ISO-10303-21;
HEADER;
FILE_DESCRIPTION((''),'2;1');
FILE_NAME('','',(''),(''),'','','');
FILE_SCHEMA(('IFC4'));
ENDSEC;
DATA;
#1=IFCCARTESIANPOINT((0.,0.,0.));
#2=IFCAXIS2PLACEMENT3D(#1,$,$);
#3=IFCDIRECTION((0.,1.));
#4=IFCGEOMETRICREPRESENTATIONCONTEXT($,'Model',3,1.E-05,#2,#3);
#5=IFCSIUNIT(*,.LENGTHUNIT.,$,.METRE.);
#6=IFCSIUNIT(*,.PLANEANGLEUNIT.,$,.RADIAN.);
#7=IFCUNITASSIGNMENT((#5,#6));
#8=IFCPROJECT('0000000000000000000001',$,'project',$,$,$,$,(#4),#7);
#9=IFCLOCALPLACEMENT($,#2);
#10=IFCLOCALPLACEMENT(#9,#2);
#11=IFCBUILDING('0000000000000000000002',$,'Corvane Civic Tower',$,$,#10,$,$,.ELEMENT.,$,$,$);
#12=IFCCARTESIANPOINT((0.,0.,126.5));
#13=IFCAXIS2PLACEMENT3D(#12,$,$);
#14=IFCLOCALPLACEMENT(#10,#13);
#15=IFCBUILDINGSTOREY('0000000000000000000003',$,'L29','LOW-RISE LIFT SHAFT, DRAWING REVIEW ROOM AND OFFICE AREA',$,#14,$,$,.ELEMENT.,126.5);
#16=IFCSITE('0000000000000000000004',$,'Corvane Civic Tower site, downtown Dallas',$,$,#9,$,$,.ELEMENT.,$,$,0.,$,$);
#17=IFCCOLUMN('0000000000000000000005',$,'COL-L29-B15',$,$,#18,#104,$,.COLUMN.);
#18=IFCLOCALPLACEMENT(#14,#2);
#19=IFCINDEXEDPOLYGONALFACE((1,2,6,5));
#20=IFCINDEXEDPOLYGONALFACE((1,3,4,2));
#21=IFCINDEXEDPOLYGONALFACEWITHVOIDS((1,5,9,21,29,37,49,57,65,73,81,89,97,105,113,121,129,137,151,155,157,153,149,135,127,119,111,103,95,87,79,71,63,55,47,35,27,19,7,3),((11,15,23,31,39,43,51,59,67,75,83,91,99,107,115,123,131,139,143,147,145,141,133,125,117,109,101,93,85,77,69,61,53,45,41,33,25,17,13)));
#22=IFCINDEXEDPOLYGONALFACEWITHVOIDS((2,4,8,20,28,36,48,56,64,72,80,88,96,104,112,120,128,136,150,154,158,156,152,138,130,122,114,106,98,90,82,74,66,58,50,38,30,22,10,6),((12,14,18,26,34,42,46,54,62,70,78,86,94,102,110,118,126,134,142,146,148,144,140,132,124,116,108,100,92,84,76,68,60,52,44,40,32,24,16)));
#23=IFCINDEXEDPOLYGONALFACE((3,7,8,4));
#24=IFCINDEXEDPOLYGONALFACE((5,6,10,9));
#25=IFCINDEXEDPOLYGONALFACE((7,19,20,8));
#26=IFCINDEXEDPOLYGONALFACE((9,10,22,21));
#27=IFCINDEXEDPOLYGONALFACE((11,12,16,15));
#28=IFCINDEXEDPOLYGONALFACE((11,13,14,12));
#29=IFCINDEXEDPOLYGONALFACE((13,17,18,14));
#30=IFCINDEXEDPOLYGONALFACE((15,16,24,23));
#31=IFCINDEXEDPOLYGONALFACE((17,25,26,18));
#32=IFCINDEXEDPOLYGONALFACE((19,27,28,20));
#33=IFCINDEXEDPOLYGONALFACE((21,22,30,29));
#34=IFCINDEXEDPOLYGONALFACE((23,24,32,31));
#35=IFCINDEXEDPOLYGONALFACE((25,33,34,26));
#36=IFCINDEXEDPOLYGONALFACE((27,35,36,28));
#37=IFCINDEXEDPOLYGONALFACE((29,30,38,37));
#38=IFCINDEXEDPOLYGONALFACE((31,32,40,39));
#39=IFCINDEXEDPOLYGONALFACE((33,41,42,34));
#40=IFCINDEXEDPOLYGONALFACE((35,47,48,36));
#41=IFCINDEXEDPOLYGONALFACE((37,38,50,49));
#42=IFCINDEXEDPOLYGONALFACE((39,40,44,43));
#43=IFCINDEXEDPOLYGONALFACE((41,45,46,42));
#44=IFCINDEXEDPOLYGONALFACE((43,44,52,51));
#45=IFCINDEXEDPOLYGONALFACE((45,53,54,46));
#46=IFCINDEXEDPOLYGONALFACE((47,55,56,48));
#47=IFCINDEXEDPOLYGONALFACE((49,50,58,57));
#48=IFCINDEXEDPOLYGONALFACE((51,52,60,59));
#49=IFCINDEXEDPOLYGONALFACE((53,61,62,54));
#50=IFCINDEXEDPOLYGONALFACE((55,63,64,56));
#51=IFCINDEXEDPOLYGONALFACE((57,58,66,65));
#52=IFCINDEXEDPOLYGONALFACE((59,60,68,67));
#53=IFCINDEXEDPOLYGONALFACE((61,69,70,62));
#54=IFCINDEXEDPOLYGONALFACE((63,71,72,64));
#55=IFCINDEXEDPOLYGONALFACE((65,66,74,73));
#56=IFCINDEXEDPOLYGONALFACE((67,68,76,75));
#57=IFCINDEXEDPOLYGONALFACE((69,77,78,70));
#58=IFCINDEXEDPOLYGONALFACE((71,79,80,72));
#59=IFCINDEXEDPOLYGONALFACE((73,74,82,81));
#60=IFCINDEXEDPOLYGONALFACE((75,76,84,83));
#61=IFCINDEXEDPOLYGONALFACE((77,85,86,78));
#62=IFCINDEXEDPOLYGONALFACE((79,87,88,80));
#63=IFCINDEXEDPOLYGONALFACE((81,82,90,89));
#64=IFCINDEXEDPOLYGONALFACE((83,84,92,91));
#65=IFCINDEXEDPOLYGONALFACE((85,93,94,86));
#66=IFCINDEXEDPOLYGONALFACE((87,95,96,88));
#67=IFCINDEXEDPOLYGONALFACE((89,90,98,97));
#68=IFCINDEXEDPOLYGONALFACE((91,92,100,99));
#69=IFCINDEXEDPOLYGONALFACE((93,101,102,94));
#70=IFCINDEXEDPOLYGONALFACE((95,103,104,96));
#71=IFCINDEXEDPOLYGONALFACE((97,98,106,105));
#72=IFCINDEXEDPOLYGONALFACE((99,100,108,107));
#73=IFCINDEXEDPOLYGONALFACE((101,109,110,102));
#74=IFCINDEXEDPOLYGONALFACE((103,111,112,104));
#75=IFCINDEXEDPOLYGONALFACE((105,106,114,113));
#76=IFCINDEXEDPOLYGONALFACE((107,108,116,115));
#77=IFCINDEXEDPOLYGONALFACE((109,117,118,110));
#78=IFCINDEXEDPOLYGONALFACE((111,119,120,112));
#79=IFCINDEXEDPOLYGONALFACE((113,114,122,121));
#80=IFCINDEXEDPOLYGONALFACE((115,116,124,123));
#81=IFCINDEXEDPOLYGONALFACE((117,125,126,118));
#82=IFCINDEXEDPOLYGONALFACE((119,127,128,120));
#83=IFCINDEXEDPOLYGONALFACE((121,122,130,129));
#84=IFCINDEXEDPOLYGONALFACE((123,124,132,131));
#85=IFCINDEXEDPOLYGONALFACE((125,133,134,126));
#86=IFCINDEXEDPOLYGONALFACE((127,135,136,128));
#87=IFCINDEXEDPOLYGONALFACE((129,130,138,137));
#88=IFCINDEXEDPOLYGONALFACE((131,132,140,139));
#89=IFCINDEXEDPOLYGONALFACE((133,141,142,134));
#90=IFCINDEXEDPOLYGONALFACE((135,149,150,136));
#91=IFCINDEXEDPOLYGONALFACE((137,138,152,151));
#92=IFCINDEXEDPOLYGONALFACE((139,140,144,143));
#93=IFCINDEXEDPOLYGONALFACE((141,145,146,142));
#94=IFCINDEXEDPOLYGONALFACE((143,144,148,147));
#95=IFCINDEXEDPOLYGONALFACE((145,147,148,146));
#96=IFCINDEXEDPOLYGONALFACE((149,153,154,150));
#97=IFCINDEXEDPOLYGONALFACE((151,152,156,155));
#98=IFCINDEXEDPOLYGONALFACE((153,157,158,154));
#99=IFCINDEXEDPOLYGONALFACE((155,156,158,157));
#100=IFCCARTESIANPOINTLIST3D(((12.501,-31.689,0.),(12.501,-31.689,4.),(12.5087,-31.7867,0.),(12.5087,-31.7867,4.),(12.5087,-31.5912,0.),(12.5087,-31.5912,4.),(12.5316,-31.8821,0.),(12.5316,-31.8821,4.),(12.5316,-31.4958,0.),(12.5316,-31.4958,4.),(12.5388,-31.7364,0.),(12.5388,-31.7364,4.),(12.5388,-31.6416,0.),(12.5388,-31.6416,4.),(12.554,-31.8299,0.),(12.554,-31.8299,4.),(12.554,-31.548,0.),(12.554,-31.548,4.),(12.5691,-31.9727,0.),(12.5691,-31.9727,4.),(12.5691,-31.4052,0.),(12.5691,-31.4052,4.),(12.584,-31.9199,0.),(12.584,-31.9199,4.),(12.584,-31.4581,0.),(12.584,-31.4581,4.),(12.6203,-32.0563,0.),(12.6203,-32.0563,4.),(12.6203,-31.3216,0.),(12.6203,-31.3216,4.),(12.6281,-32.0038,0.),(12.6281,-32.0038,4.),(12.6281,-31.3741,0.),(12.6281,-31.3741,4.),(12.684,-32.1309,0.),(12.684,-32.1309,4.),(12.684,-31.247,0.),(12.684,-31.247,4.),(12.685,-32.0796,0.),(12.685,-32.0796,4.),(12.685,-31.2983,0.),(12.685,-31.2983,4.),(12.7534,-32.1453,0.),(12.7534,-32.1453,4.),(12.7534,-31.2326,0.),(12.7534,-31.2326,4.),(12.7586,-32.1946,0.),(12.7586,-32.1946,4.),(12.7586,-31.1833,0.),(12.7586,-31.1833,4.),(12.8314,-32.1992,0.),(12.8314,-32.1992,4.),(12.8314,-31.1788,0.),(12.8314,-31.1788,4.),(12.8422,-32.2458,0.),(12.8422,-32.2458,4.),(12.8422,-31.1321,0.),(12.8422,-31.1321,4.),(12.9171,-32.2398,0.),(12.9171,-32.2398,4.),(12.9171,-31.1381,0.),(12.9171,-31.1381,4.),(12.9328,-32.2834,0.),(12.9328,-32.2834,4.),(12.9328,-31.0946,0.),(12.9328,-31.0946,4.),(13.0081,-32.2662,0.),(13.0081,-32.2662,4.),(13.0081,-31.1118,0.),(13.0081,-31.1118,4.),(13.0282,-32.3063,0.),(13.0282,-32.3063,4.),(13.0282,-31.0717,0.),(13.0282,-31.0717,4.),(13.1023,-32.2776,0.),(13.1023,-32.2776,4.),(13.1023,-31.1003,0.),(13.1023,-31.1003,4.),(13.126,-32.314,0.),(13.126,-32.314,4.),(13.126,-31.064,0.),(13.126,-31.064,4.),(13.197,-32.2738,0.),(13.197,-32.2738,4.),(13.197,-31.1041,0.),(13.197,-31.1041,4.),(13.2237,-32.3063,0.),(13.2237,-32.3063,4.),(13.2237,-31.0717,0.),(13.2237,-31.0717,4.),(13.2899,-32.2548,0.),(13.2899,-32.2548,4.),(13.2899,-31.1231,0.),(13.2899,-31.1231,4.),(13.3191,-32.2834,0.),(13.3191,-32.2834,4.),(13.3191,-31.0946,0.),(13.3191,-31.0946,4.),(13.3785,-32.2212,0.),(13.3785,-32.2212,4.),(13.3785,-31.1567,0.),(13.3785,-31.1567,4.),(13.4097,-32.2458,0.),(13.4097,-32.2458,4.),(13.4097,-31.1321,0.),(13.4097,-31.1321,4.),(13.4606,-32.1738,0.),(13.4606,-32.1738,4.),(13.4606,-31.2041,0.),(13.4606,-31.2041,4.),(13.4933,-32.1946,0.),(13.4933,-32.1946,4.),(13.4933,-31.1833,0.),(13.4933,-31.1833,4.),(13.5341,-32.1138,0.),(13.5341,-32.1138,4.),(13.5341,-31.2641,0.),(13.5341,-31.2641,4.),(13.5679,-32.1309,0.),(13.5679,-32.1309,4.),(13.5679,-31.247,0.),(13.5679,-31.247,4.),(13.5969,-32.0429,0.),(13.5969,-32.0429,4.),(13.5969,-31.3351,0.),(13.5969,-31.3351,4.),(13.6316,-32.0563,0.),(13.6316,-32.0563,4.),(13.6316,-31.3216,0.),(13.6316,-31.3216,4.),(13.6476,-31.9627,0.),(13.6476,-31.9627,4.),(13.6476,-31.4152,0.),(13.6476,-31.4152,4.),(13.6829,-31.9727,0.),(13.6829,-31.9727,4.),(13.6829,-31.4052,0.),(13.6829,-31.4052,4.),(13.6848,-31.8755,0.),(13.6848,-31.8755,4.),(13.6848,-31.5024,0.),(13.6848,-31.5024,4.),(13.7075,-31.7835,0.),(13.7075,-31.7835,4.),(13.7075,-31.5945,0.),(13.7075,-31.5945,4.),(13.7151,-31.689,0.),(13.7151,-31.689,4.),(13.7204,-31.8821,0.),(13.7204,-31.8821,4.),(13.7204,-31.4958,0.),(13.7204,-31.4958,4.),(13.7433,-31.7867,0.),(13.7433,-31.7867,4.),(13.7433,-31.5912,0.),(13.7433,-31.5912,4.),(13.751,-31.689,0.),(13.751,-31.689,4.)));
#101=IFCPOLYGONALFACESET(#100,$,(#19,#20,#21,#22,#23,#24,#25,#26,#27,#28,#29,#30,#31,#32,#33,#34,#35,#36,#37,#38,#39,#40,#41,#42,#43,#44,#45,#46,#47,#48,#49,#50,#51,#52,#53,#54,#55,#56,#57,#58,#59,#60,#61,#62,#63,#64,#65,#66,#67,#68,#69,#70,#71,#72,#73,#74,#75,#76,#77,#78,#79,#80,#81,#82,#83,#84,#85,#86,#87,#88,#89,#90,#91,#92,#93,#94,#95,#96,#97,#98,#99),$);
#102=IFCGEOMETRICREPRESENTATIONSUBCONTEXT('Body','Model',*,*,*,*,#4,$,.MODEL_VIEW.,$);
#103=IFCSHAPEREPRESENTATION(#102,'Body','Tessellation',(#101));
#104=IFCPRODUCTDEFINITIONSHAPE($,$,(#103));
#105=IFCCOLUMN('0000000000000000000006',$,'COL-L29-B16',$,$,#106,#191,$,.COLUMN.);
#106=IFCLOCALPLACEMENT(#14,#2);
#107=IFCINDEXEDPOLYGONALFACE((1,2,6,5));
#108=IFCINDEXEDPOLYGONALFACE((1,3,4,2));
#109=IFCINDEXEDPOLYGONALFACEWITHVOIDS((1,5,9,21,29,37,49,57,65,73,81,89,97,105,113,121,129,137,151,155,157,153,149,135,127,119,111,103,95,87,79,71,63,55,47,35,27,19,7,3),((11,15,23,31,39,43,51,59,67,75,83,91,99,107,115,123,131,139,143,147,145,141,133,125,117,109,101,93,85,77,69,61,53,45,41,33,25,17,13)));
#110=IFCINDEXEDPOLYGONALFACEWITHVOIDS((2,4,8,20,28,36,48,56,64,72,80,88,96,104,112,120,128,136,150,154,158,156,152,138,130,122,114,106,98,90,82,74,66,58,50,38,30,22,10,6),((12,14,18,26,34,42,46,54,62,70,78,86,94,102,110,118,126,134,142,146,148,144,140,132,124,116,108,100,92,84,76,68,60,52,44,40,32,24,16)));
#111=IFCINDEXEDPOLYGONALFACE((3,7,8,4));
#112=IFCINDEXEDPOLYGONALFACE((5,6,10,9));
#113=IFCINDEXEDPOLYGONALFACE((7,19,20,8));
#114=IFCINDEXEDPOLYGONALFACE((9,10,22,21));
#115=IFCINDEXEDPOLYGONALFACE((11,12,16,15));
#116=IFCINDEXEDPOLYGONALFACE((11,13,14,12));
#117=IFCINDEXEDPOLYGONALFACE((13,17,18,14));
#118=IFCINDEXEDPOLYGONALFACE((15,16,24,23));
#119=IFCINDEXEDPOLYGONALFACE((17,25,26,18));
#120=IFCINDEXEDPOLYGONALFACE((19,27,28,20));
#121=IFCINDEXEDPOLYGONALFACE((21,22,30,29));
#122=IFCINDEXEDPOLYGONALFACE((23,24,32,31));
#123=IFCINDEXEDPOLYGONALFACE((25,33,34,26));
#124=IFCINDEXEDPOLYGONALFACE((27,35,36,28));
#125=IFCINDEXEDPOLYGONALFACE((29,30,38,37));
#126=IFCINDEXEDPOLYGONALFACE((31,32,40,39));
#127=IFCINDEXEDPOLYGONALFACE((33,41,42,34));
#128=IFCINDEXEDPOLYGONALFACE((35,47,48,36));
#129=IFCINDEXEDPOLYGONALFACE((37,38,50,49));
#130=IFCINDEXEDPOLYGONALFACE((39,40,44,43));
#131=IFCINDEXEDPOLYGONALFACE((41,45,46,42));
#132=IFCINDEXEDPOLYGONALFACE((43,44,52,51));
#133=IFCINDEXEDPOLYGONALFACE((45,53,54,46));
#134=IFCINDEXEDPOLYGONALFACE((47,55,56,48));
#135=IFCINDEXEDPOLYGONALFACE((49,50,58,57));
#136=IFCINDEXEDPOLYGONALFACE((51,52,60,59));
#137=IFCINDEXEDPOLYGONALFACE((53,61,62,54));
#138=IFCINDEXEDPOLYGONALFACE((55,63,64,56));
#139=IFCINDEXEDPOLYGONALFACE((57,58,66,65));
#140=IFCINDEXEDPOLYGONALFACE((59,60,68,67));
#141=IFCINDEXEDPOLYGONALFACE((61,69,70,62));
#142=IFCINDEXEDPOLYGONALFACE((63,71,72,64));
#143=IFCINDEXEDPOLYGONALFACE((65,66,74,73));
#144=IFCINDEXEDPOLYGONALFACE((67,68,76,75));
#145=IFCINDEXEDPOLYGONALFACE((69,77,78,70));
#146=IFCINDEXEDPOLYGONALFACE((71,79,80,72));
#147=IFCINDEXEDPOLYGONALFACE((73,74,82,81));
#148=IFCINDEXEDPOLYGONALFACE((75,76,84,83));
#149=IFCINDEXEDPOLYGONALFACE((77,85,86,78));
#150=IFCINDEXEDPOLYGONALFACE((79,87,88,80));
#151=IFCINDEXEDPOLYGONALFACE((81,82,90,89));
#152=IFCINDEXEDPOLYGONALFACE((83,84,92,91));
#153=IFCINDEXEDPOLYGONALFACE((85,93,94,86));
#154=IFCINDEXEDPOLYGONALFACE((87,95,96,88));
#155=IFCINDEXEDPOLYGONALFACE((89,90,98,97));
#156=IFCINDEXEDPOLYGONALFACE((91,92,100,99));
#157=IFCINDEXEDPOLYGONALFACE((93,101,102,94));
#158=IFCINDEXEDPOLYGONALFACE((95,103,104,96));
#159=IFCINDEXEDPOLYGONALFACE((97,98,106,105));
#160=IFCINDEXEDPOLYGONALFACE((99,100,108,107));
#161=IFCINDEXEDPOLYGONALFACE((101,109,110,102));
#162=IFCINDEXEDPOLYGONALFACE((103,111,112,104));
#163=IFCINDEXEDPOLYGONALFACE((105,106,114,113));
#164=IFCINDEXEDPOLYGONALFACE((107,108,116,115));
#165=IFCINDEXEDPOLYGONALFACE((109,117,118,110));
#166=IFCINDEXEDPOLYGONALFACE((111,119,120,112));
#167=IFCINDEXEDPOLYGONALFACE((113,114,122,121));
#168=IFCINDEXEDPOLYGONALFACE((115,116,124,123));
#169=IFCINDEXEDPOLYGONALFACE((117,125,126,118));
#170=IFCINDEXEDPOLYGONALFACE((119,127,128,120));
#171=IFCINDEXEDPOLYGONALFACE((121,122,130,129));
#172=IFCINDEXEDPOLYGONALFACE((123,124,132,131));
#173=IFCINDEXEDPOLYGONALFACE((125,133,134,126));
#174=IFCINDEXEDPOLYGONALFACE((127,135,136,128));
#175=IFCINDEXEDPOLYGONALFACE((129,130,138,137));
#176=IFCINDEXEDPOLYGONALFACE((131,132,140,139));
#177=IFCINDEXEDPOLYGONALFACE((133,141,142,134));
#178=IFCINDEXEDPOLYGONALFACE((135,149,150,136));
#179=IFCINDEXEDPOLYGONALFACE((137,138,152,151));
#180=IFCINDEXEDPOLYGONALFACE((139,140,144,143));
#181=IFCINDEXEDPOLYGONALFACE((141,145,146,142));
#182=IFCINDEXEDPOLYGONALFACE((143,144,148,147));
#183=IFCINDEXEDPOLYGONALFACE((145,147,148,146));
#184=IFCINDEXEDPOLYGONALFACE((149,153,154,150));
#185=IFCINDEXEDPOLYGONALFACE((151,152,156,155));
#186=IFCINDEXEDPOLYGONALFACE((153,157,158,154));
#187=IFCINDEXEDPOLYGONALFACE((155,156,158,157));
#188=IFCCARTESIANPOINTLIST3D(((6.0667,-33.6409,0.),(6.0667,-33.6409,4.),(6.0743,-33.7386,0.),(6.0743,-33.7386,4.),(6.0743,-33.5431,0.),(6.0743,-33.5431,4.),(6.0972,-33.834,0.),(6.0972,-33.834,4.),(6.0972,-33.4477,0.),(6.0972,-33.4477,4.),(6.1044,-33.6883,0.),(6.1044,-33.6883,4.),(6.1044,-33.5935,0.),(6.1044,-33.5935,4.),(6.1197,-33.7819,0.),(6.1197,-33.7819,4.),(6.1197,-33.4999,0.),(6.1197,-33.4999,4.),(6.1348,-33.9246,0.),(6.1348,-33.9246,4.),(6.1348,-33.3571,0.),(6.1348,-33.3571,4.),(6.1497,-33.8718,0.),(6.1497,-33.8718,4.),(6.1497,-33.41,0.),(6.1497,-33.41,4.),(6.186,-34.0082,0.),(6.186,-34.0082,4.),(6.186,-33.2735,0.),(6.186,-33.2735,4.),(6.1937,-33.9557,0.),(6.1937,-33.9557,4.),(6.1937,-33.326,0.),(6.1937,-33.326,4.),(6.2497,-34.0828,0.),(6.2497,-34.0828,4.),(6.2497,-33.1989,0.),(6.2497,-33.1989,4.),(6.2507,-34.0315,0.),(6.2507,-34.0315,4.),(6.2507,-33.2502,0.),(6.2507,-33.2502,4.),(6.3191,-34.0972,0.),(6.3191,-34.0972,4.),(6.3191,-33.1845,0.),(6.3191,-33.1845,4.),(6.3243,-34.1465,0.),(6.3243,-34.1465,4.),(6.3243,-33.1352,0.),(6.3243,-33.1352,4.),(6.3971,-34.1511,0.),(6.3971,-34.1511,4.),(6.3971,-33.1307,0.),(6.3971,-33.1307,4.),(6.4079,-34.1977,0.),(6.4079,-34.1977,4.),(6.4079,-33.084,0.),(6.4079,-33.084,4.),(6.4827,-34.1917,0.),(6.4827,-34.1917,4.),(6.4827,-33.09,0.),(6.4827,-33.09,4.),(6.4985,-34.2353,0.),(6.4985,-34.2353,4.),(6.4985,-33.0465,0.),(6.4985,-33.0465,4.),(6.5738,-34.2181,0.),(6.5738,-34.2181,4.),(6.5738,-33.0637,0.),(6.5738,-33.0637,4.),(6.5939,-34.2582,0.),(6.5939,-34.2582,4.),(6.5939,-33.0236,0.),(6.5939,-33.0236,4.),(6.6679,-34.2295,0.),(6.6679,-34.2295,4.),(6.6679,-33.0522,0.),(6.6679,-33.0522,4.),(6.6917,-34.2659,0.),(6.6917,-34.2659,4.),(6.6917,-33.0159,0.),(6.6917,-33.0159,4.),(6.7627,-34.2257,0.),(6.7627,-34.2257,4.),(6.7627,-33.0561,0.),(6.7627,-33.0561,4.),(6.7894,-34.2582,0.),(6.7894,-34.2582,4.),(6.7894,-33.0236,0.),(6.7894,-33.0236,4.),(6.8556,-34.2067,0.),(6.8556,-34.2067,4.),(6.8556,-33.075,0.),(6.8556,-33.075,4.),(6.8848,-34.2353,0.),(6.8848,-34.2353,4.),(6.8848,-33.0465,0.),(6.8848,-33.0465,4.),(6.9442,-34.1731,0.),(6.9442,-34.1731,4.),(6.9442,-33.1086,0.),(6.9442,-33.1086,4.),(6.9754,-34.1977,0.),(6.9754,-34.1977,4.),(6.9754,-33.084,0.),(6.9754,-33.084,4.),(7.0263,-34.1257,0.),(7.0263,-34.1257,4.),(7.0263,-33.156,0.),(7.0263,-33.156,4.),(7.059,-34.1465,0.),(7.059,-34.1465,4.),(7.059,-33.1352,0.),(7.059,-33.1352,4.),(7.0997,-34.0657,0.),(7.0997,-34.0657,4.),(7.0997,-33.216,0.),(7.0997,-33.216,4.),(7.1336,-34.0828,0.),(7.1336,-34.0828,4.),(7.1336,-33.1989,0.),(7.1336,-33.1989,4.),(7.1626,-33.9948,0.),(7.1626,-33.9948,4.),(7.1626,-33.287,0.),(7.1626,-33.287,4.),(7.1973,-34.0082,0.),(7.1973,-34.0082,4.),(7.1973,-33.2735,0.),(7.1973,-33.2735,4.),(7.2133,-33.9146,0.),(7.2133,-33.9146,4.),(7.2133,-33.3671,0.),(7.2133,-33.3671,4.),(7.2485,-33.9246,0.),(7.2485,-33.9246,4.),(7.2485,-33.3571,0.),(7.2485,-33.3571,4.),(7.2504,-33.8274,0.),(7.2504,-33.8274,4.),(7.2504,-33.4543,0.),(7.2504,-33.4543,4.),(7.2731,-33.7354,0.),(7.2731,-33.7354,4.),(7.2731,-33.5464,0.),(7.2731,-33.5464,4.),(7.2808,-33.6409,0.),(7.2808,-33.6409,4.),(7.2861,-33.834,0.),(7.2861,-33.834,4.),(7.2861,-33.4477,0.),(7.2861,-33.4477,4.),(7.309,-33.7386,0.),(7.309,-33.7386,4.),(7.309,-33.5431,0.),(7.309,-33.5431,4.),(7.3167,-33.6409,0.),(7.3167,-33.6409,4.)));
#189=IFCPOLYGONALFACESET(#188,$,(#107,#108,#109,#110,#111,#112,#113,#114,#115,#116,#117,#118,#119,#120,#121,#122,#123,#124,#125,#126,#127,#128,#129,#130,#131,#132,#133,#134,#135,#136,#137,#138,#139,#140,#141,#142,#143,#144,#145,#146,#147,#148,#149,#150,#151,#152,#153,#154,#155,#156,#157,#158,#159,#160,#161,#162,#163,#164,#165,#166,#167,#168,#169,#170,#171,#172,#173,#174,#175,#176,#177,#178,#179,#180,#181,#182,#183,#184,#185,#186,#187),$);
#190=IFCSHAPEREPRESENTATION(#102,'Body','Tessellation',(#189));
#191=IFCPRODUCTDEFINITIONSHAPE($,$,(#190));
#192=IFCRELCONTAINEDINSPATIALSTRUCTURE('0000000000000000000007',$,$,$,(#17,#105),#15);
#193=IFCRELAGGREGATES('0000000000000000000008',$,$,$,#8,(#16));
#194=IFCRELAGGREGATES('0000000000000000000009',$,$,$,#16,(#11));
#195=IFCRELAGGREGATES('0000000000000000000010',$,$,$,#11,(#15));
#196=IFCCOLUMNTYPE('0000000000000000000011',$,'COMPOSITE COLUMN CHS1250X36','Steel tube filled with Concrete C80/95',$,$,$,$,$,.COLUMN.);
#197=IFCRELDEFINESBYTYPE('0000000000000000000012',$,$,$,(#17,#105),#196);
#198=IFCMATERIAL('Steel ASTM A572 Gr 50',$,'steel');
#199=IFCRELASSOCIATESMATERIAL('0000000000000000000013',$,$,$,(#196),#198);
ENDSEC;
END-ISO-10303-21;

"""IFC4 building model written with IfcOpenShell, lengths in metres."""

from ifc_helpers import new_model, si_unit, direction, frame, origin, origin_2d, place, context, subcontext, project, spatial, hollow_circle, extrude, material, material_profile, profile_set, type_object, element, save


model = new_model("IFC4")

# Units and contexts
model_context = context("Model", 3, precision=1e-05, world=origin(), true_north=direction((0.0, 1.0)))
body_context = subcontext(model_context, "Body", "Model", "MODEL_VIEW")
ifc_project = project(units=[si_unit("LENGTHUNIT", "METRE"), si_unit("PLANEANGLEUNIT", "RADIAN")], contexts=[model_context])

# Site, building, storey
site_placement = place(None, origin())
site = spatial("IfcSite", under=ifc_project, at=site_placement, Name="Corvane Civic Tower site, downtown Dallas", CompositionType="ELEMENT", RefElevation=0.0)
building_placement = place(site_placement, origin())
building = spatial("IfcBuilding", under=site, at=building_placement, Name="Corvane Civic Tower", CompositionType="ELEMENT")
storey_placement = place(building_placement, frame((0.0, 0.0, 126.5)))
storey = spatial("IfcBuildingStorey", under=building, at=storey_placement, Name="L29", Description="LOW-RISE LIFT SHAFT, DRAWING REVIEW ROOM AND OFFICE AREA", CompositionType="ELEMENT", Elevation=126.5)

# Columns
ifc_material_1 = material(Name="Steel ASTM A572 Gr 50", Category="steel")
ifc_material_profile_1 = material_profile(ifc_material_1, hollow_circle(Radius=0.625, WallThickness=0.0359, at=origin_2d()), Name="CHS1250X36")
ifc_profile_set_1 = profile_set([ifc_material_profile_1], Name="Steel ASTM A572 Gr 50")
column_type = type_object("IfcColumnType", Name="COMPOSITE COLUMN CHS1250X36", Description="Steel tube filled with Concrete C80/95", PredefinedType="COLUMN", material=ifc_profile_set_1)
for number, where, z_axis, x_axis, name in (
    (1, (13.126, -31.689, 0.0), (0.0, 0.0, 1.0), (1.0, 0.0, 0.0), "COL-L29-B15"),
    (2, (6.6917, -33.6409, 0.0), (0.0, 0.0, 1.0), (1.0, 0.0, 0.0), "COL-L29-B16"),
):
    element("IfcColumn", number, at=place(storey_placement, frame(where, z_axis=z_axis, x_axis=x_axis)), inside=storey, type_object=column_type, Name=name, PredefinedType="COLUMN", context=body_context, shape_type="SweptSolid", body=[
        extrude(hollow_circle(Radius=0.625, WallThickness=0.0359, at=origin_2d()), origin(), (0.0, 0.0, 1.0), 4.0),
    ])

save(model, "model.ifc")
